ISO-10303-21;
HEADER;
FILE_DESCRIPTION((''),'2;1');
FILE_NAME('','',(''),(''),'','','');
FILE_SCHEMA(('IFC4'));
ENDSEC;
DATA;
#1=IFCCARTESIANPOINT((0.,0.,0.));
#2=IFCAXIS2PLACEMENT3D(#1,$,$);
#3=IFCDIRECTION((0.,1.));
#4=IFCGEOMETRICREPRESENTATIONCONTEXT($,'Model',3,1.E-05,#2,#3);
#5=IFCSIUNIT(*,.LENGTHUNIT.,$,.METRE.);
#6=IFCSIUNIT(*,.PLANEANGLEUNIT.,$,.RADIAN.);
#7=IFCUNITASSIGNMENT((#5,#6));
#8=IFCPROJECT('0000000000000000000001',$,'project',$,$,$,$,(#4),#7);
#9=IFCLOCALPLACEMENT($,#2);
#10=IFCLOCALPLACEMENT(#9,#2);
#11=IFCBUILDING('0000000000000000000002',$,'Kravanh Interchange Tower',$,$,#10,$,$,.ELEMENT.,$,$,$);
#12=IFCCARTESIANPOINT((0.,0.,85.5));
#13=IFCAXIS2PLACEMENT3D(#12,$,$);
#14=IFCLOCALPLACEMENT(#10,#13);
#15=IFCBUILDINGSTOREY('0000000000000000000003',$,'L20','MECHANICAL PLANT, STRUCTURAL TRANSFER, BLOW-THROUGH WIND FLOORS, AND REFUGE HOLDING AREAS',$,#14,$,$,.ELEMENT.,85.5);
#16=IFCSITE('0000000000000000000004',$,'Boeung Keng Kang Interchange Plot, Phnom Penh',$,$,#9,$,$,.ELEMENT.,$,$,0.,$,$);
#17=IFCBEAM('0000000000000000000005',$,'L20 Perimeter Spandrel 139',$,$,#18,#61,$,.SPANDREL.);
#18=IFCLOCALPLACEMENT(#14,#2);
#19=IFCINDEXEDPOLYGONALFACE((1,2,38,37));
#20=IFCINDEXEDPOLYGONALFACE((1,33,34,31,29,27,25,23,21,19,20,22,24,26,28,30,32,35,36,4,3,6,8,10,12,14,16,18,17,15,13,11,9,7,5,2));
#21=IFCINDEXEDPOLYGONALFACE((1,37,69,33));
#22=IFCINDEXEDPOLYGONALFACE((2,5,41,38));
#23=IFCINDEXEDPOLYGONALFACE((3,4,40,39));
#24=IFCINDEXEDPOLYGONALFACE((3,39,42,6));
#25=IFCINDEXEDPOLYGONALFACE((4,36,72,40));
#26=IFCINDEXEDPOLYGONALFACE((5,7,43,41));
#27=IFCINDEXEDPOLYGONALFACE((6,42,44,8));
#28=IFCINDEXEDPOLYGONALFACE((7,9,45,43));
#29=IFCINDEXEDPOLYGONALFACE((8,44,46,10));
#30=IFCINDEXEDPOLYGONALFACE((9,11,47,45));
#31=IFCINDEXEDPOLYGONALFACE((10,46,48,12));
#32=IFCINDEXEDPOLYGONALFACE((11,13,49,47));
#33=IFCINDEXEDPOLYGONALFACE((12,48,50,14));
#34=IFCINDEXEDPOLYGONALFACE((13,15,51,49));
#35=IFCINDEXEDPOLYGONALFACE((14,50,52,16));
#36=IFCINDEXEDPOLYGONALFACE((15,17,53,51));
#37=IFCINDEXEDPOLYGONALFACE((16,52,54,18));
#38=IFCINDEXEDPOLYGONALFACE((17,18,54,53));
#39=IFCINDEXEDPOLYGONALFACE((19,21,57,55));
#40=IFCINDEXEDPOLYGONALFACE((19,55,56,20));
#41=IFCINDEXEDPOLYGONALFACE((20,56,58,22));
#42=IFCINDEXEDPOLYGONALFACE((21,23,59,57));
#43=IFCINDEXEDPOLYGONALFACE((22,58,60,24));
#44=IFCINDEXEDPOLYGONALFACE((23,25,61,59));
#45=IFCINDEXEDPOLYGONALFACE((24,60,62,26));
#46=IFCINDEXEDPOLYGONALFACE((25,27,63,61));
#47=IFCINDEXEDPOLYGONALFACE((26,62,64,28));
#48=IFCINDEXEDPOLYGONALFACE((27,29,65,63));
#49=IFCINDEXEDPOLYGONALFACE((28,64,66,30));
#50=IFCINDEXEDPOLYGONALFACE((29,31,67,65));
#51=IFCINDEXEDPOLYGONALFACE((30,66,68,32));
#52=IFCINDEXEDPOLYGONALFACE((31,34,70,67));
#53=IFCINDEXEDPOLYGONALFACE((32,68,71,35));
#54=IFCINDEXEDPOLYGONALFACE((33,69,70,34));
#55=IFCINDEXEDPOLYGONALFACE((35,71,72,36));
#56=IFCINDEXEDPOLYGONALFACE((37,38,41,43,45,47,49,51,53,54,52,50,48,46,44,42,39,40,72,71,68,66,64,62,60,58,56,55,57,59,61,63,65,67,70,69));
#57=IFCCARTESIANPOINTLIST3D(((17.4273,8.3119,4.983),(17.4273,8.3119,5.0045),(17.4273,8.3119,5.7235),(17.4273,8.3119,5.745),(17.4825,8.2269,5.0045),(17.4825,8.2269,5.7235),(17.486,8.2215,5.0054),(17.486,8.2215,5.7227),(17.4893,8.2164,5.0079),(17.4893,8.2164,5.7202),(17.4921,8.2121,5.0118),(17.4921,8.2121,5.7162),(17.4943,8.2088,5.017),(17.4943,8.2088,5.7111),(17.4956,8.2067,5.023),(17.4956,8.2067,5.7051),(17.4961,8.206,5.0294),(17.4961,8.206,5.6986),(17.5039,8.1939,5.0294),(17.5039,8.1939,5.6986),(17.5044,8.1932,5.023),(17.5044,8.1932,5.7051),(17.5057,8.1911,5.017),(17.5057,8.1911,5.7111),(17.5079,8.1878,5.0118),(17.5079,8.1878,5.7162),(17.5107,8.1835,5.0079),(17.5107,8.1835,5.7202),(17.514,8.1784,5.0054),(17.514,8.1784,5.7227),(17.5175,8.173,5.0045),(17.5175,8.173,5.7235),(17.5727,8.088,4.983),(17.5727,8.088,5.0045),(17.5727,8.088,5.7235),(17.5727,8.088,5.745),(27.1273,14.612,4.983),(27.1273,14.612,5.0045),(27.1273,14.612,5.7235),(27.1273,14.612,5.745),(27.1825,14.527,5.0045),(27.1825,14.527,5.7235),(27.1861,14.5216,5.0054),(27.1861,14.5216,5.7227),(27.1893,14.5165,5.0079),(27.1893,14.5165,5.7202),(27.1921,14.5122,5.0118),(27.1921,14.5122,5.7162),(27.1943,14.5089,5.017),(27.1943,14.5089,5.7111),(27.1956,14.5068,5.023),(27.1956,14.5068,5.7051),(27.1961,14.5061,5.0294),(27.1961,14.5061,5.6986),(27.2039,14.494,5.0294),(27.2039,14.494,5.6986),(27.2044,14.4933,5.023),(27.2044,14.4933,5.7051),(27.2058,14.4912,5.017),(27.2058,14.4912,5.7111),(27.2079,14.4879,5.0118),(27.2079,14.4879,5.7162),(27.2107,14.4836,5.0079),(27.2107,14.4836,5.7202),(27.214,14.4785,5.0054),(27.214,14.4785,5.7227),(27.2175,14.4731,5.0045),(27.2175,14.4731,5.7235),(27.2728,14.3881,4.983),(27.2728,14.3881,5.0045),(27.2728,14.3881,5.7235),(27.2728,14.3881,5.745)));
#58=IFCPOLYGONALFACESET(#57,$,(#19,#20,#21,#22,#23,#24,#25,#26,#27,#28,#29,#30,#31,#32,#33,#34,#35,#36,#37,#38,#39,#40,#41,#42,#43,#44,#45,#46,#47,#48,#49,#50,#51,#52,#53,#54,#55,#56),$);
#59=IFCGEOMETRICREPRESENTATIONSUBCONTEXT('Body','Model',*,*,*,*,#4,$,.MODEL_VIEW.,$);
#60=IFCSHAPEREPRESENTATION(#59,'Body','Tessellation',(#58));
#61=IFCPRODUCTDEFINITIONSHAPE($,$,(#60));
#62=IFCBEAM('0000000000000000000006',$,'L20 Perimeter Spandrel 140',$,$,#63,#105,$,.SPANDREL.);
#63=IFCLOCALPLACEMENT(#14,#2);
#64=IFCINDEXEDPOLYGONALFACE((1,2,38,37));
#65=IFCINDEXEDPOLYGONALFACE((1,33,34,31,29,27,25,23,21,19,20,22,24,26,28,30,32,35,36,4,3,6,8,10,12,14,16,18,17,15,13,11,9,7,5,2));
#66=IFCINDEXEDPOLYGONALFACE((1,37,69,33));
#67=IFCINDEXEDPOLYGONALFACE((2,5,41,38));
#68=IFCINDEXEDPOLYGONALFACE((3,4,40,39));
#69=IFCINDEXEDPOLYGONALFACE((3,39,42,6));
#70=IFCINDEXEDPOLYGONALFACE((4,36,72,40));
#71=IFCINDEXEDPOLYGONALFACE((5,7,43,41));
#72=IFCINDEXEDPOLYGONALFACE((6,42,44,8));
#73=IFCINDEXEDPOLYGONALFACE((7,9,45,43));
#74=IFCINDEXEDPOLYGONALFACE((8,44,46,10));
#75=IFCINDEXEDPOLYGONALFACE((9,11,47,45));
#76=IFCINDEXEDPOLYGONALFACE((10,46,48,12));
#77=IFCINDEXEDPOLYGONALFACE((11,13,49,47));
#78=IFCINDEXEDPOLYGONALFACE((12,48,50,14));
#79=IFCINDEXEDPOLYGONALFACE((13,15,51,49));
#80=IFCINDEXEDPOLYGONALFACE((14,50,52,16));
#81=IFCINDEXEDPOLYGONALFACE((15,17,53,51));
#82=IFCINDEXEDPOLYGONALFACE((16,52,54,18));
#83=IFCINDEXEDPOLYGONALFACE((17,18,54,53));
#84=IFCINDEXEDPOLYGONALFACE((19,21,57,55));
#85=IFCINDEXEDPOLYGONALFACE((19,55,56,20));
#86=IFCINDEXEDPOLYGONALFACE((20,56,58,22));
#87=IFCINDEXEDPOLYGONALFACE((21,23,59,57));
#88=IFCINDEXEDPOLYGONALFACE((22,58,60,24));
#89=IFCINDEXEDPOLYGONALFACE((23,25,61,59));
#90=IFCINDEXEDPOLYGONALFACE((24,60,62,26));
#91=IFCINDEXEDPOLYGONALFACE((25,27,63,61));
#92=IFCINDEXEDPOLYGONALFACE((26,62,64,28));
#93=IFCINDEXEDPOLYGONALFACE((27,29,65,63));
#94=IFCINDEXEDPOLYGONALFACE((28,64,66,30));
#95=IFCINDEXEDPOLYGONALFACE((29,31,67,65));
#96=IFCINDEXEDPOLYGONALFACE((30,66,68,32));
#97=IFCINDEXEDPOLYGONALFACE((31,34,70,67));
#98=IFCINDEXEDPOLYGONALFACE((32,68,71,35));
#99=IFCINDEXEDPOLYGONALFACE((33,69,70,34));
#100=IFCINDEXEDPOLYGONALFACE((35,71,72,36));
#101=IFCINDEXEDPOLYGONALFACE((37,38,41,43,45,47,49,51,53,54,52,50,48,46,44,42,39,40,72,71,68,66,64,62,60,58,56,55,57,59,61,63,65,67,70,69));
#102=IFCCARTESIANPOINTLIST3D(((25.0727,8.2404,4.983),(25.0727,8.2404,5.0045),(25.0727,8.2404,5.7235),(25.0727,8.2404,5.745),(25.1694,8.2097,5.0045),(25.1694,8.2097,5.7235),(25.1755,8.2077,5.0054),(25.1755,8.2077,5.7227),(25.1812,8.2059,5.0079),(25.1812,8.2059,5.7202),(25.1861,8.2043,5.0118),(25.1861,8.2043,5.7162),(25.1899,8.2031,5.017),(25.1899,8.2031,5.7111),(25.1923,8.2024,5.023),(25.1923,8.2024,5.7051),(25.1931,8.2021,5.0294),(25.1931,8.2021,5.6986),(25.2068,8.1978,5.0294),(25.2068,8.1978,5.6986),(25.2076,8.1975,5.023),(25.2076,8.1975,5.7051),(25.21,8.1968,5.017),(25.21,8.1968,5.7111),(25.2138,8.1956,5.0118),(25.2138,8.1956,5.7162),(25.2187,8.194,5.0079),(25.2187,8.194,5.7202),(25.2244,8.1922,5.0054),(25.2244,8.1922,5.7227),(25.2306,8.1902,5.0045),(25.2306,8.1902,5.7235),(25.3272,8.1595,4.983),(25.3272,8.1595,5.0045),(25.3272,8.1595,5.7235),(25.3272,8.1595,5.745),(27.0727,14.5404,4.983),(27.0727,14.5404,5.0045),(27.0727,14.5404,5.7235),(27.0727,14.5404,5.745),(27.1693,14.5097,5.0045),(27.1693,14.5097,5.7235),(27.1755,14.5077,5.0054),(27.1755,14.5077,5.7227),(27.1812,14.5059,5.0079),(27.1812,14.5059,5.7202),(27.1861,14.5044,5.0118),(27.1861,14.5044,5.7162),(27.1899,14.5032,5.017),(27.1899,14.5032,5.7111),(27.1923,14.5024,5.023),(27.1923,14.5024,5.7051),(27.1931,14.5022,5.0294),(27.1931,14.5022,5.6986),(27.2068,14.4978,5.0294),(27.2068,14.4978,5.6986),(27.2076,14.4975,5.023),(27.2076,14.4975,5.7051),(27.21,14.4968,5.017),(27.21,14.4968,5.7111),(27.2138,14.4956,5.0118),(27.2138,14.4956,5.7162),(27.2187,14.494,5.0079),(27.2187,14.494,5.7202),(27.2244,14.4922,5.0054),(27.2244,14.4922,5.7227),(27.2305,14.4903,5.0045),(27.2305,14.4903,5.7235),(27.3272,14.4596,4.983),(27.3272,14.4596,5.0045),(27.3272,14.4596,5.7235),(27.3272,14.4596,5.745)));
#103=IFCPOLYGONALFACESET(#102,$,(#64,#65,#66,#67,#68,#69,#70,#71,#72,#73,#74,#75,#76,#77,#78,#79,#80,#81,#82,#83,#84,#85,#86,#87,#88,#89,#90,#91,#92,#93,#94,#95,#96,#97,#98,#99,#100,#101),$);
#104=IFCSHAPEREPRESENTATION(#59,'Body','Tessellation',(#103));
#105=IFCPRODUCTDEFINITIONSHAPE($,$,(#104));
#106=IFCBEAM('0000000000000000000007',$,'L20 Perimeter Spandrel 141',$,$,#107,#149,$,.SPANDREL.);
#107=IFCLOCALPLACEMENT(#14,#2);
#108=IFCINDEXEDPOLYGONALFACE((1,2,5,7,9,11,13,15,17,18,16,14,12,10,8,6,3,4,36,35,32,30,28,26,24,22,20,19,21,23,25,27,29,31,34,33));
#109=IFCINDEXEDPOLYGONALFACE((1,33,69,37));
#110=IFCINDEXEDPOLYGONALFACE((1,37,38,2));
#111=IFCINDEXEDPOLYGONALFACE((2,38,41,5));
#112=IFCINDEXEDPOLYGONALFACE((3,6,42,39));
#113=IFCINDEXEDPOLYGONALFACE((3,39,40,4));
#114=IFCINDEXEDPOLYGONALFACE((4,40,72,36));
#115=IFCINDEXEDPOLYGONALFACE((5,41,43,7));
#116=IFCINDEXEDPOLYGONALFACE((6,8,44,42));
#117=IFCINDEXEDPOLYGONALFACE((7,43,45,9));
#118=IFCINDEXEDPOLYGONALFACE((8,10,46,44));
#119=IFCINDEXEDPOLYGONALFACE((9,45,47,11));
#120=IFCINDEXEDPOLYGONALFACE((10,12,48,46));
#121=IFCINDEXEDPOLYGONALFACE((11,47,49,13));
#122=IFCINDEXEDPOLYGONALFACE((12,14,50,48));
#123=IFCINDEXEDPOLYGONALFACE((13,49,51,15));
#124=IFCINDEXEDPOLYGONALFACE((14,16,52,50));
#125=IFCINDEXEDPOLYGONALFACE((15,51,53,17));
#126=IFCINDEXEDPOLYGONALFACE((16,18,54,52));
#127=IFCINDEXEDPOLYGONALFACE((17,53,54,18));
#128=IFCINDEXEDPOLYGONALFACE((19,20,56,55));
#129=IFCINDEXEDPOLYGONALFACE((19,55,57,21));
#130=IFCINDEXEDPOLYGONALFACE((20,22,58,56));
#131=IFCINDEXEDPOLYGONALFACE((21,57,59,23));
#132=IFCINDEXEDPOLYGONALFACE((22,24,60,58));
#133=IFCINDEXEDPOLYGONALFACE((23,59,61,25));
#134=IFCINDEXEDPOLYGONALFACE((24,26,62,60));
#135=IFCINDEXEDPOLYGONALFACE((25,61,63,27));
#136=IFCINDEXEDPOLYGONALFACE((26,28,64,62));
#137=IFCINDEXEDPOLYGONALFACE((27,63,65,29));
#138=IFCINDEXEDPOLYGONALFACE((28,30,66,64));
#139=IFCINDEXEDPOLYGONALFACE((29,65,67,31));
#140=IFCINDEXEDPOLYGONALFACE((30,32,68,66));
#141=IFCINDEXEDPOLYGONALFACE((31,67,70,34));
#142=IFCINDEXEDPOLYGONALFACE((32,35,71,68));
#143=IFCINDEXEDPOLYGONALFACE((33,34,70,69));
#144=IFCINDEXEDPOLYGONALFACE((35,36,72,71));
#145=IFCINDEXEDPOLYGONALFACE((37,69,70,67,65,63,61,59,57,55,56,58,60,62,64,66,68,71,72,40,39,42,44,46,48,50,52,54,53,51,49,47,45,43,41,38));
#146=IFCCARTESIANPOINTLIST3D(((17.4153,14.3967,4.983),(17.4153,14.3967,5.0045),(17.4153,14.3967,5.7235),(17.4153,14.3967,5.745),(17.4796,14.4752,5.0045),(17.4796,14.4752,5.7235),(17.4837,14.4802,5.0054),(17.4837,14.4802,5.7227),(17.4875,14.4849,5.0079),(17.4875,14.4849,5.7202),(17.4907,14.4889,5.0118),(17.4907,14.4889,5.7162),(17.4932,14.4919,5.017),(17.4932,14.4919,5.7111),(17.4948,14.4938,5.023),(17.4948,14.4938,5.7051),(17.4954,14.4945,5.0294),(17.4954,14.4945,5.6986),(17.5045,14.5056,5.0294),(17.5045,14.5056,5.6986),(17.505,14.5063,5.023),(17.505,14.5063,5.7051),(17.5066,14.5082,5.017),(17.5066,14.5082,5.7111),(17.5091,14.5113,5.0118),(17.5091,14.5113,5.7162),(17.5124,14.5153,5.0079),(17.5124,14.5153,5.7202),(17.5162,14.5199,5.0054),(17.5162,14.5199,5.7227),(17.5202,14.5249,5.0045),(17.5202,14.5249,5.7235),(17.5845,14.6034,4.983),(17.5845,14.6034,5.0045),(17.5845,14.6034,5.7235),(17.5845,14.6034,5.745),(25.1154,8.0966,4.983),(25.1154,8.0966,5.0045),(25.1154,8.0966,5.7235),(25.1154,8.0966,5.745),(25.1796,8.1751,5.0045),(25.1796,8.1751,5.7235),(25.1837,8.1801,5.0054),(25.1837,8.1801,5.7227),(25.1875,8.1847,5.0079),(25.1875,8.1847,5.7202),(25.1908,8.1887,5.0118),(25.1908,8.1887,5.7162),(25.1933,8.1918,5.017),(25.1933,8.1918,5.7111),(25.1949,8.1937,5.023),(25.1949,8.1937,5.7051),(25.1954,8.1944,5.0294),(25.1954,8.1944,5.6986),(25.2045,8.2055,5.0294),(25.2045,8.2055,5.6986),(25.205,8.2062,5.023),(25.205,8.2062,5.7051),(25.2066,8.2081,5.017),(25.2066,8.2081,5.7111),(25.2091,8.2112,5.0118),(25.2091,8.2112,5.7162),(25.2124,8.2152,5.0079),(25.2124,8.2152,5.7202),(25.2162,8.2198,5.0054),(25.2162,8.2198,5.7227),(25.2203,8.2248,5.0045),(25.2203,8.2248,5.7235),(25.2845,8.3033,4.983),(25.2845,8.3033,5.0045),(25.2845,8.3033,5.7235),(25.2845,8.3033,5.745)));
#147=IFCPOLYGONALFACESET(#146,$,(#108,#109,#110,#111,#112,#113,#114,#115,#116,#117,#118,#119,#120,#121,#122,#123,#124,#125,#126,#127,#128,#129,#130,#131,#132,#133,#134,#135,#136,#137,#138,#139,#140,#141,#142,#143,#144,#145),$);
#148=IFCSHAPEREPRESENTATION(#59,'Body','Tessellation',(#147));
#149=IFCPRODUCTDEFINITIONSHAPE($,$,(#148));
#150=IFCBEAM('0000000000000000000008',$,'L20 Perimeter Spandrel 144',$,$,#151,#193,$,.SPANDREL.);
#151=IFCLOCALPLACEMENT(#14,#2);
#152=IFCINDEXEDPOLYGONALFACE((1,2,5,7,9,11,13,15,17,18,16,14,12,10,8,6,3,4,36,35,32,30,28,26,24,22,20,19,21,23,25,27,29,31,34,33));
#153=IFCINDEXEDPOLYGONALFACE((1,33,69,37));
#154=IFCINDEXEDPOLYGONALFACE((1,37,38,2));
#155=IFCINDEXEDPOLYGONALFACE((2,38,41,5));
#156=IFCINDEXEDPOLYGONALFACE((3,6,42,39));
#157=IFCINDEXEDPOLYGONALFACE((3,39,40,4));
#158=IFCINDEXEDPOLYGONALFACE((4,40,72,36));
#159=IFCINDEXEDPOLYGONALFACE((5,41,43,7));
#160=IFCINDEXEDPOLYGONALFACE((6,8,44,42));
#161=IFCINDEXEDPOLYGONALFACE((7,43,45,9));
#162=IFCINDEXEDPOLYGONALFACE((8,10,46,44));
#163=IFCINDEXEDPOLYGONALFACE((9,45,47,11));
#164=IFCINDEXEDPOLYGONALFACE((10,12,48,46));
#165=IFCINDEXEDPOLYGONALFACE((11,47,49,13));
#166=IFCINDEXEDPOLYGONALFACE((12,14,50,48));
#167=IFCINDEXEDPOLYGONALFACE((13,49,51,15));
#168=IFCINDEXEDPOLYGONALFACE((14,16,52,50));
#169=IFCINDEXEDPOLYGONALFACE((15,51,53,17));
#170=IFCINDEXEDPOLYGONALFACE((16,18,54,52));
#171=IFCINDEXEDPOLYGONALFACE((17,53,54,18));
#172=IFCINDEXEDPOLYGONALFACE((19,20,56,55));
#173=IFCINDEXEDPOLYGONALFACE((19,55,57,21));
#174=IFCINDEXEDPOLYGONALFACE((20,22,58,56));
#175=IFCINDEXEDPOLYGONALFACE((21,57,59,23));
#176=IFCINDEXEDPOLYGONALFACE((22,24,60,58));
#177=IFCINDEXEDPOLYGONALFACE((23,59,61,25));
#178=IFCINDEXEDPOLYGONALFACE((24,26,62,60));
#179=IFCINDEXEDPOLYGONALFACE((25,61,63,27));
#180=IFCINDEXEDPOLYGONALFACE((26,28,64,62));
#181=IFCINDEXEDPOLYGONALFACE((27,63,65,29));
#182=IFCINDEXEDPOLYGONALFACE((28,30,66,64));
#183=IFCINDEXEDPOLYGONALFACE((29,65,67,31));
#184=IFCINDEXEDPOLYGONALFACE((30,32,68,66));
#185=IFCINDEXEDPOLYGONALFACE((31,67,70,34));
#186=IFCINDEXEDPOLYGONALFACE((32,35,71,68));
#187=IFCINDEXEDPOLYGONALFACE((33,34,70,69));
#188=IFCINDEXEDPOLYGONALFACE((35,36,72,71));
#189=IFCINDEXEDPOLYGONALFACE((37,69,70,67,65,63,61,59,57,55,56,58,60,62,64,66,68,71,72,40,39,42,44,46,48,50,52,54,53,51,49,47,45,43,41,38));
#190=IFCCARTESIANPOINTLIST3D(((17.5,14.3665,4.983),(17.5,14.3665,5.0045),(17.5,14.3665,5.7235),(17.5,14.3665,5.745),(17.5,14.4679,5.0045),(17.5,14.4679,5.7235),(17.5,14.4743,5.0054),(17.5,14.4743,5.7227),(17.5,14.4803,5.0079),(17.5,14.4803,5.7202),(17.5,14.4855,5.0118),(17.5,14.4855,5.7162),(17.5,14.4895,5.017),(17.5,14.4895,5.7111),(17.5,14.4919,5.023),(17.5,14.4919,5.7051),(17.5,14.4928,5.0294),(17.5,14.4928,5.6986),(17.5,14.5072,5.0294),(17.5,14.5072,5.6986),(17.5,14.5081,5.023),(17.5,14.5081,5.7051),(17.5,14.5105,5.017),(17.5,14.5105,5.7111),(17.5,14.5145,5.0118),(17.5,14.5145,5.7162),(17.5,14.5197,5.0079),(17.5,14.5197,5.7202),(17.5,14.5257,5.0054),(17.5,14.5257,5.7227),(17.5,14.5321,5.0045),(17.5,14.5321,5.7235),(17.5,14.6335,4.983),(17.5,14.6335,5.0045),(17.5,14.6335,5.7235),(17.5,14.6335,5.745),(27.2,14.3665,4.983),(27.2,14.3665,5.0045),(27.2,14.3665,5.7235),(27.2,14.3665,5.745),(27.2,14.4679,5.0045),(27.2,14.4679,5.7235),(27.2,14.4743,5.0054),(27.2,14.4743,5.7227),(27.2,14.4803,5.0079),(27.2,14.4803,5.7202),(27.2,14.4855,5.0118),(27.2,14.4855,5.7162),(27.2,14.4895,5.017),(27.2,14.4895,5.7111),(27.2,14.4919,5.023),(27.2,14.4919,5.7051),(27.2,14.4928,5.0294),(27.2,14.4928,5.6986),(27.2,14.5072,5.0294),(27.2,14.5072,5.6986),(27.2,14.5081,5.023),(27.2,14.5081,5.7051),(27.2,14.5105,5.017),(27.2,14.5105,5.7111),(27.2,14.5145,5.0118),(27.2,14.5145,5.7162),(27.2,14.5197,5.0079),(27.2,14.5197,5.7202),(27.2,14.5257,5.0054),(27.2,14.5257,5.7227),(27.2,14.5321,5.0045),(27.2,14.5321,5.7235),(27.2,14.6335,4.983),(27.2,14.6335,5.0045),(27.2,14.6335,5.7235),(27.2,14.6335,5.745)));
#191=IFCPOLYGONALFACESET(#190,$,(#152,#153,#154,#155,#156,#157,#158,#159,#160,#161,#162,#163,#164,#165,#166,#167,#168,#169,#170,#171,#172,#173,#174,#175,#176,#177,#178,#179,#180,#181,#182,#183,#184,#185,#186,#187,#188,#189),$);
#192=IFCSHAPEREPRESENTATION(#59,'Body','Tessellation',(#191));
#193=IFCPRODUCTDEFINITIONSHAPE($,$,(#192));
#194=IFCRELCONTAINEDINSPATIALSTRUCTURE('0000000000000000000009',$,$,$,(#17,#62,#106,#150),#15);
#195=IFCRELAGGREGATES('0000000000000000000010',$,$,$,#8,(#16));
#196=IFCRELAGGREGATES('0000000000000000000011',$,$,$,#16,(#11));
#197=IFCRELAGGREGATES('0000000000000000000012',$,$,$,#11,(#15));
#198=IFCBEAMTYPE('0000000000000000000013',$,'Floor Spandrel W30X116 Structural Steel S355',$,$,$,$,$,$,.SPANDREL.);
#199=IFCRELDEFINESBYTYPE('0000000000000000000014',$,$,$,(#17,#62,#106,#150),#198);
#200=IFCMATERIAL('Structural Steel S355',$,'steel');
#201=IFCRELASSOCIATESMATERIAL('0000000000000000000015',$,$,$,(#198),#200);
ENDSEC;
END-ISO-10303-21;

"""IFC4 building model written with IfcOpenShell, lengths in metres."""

from ifc_helpers import new_model, si_unit, direction, frame, origin, origin_2d, place, context, subcontext, project, spatial, i_section, extrude, material, material_profile, profile_set, type_object, element, save


model = new_model("IFC4")

# Units and contexts
model_context = context("Model", 3, precision=1e-05, world=origin(), true_north=direction((0.0, 1.0)))
body_context = subcontext(model_context, "Body", "Model", "MODEL_VIEW")
ifc_project = project(units=[si_unit("LENGTHUNIT", "METRE"), si_unit("PLANEANGLEUNIT", "RADIAN")], contexts=[model_context])

# Site, building, storey
site_placement = place(None, origin())
site = spatial("IfcSite", under=ifc_project, at=site_placement, Name="Boeung Keng Kang Interchange Plot, Phnom Penh", CompositionType="ELEMENT", RefElevation=0.0)
building_placement = place(site_placement, origin())
building = spatial("IfcBuilding", under=site, at=building_placement, Name="Kravanh Interchange Tower", CompositionType="ELEMENT")
storey_placement = place(building_placement, frame((0.0, 0.0, 85.5)))
storey = spatial("IfcBuildingStorey", under=building, at=storey_placement, Name="L20", Description="MECHANICAL PLANT, STRUCTURAL TRANSFER, BLOW-THROUGH WIND FLOORS, AND REFUGE HOLDING AREAS", CompositionType="ELEMENT", Elevation=85.5)

# Beams
ifc_material_1 = material(Name="Structural Steel S355", Category="steel")
ifc_material_profile_1 = material_profile(ifc_material_1, i_section(OverallWidth=0.2671, OverallDepth=0.762, WebThickness=0.0144, FlangeThickness=0.0215, FilletRadius=0.0249, at=origin_2d()), Name="W30X116")
ifc_profile_set_1 = profile_set([ifc_material_profile_1], Name="Structural Steel S355")
beam_type_1 = type_object("IfcBeamType", Name="Floor Spandrel W30X116 Structural Steel S355", PredefinedType="SPANDREL", material=ifc_profile_set_1)
beam_1_placement = place(storey_placement, frame((17.5, 8.2, 5.364), z_axis=(0.838638, 0.544689, 0.0), x_axis=(-0.544689, 0.838638, 0.0)))
element("IfcBeam", 1, at=beam_1_placement, inside=storey, type_object=beam_type_1, Name="L20 Perimeter Spandrel 139", PredefinedType="SPANDREL", context=body_context, shape_type="SweptSolid", body=[
    extrude(i_section(OverallWidth=0.2671, OverallDepth=0.762, WebThickness=0.0144, FlangeThickness=0.0215, FilletRadius=0.0249, at=origin_2d()), origin(), (0.0, 0.0, 1.0), 11.5664),
])
beam_2_placement = place(storey_placement, frame((25.2, 8.2, 5.364), z_axis=(0.302577, 0.953125, 0.0), x_axis=(-0.953125, 0.302577, 0.0)))
element("IfcBeam", 2, at=beam_2_placement, inside=storey, type_object=beam_type_1, Name="L20 Perimeter Spandrel 140", PredefinedType="SPANDREL", context=body_context, shape_type="SweptSolid", body=[
    extrude(i_section(OverallWidth=0.2671, OverallDepth=0.762, WebThickness=0.0144, FlangeThickness=0.0215, FilletRadius=0.0249, at=origin_2d()), origin(), (0.0, 0.0, 1.0), 6.6099),
])
beam_3_placement = place(storey_placement, frame((25.2, 8.2, 5.364), z_axis=(-0.773953, 0.633243, 0.0), x_axis=(-0.633243, -0.773953, 0.0)))
element("IfcBeam", 3, at=beam_3_placement, inside=storey, type_object=beam_type_1, Name="L20 Perimeter Spandrel 141", PredefinedType="SPANDREL", context=body_context, shape_type="SweptSolid", body=[
    extrude(i_section(OverallWidth=0.2671, OverallDepth=0.762, WebThickness=0.0144, FlangeThickness=0.0215, FilletRadius=0.0249, at=origin_2d()), origin(), (0.0, 0.0, 1.0), 9.949),
])
beam_4_placement = place(storey_placement, frame((17.5, 14.5, 5.364), z_axis=(1.0, 0.0, 0.0), x_axis=(0.0, 1.0, 0.0)))
element("IfcBeam", 4, at=beam_4_placement, inside=storey, type_object=beam_type_1, Name="L20 Perimeter Spandrel 144", PredefinedType="SPANDREL", context=body_context, shape_type="SweptSolid", body=[
    extrude(i_section(OverallWidth=0.2671, OverallDepth=0.762, WebThickness=0.0144, FlangeThickness=0.0215, FilletRadius=0.0249, at=origin_2d()), origin(), (0.0, 0.0, 1.0), 9.7),
])

save(model, "model.ifc")
